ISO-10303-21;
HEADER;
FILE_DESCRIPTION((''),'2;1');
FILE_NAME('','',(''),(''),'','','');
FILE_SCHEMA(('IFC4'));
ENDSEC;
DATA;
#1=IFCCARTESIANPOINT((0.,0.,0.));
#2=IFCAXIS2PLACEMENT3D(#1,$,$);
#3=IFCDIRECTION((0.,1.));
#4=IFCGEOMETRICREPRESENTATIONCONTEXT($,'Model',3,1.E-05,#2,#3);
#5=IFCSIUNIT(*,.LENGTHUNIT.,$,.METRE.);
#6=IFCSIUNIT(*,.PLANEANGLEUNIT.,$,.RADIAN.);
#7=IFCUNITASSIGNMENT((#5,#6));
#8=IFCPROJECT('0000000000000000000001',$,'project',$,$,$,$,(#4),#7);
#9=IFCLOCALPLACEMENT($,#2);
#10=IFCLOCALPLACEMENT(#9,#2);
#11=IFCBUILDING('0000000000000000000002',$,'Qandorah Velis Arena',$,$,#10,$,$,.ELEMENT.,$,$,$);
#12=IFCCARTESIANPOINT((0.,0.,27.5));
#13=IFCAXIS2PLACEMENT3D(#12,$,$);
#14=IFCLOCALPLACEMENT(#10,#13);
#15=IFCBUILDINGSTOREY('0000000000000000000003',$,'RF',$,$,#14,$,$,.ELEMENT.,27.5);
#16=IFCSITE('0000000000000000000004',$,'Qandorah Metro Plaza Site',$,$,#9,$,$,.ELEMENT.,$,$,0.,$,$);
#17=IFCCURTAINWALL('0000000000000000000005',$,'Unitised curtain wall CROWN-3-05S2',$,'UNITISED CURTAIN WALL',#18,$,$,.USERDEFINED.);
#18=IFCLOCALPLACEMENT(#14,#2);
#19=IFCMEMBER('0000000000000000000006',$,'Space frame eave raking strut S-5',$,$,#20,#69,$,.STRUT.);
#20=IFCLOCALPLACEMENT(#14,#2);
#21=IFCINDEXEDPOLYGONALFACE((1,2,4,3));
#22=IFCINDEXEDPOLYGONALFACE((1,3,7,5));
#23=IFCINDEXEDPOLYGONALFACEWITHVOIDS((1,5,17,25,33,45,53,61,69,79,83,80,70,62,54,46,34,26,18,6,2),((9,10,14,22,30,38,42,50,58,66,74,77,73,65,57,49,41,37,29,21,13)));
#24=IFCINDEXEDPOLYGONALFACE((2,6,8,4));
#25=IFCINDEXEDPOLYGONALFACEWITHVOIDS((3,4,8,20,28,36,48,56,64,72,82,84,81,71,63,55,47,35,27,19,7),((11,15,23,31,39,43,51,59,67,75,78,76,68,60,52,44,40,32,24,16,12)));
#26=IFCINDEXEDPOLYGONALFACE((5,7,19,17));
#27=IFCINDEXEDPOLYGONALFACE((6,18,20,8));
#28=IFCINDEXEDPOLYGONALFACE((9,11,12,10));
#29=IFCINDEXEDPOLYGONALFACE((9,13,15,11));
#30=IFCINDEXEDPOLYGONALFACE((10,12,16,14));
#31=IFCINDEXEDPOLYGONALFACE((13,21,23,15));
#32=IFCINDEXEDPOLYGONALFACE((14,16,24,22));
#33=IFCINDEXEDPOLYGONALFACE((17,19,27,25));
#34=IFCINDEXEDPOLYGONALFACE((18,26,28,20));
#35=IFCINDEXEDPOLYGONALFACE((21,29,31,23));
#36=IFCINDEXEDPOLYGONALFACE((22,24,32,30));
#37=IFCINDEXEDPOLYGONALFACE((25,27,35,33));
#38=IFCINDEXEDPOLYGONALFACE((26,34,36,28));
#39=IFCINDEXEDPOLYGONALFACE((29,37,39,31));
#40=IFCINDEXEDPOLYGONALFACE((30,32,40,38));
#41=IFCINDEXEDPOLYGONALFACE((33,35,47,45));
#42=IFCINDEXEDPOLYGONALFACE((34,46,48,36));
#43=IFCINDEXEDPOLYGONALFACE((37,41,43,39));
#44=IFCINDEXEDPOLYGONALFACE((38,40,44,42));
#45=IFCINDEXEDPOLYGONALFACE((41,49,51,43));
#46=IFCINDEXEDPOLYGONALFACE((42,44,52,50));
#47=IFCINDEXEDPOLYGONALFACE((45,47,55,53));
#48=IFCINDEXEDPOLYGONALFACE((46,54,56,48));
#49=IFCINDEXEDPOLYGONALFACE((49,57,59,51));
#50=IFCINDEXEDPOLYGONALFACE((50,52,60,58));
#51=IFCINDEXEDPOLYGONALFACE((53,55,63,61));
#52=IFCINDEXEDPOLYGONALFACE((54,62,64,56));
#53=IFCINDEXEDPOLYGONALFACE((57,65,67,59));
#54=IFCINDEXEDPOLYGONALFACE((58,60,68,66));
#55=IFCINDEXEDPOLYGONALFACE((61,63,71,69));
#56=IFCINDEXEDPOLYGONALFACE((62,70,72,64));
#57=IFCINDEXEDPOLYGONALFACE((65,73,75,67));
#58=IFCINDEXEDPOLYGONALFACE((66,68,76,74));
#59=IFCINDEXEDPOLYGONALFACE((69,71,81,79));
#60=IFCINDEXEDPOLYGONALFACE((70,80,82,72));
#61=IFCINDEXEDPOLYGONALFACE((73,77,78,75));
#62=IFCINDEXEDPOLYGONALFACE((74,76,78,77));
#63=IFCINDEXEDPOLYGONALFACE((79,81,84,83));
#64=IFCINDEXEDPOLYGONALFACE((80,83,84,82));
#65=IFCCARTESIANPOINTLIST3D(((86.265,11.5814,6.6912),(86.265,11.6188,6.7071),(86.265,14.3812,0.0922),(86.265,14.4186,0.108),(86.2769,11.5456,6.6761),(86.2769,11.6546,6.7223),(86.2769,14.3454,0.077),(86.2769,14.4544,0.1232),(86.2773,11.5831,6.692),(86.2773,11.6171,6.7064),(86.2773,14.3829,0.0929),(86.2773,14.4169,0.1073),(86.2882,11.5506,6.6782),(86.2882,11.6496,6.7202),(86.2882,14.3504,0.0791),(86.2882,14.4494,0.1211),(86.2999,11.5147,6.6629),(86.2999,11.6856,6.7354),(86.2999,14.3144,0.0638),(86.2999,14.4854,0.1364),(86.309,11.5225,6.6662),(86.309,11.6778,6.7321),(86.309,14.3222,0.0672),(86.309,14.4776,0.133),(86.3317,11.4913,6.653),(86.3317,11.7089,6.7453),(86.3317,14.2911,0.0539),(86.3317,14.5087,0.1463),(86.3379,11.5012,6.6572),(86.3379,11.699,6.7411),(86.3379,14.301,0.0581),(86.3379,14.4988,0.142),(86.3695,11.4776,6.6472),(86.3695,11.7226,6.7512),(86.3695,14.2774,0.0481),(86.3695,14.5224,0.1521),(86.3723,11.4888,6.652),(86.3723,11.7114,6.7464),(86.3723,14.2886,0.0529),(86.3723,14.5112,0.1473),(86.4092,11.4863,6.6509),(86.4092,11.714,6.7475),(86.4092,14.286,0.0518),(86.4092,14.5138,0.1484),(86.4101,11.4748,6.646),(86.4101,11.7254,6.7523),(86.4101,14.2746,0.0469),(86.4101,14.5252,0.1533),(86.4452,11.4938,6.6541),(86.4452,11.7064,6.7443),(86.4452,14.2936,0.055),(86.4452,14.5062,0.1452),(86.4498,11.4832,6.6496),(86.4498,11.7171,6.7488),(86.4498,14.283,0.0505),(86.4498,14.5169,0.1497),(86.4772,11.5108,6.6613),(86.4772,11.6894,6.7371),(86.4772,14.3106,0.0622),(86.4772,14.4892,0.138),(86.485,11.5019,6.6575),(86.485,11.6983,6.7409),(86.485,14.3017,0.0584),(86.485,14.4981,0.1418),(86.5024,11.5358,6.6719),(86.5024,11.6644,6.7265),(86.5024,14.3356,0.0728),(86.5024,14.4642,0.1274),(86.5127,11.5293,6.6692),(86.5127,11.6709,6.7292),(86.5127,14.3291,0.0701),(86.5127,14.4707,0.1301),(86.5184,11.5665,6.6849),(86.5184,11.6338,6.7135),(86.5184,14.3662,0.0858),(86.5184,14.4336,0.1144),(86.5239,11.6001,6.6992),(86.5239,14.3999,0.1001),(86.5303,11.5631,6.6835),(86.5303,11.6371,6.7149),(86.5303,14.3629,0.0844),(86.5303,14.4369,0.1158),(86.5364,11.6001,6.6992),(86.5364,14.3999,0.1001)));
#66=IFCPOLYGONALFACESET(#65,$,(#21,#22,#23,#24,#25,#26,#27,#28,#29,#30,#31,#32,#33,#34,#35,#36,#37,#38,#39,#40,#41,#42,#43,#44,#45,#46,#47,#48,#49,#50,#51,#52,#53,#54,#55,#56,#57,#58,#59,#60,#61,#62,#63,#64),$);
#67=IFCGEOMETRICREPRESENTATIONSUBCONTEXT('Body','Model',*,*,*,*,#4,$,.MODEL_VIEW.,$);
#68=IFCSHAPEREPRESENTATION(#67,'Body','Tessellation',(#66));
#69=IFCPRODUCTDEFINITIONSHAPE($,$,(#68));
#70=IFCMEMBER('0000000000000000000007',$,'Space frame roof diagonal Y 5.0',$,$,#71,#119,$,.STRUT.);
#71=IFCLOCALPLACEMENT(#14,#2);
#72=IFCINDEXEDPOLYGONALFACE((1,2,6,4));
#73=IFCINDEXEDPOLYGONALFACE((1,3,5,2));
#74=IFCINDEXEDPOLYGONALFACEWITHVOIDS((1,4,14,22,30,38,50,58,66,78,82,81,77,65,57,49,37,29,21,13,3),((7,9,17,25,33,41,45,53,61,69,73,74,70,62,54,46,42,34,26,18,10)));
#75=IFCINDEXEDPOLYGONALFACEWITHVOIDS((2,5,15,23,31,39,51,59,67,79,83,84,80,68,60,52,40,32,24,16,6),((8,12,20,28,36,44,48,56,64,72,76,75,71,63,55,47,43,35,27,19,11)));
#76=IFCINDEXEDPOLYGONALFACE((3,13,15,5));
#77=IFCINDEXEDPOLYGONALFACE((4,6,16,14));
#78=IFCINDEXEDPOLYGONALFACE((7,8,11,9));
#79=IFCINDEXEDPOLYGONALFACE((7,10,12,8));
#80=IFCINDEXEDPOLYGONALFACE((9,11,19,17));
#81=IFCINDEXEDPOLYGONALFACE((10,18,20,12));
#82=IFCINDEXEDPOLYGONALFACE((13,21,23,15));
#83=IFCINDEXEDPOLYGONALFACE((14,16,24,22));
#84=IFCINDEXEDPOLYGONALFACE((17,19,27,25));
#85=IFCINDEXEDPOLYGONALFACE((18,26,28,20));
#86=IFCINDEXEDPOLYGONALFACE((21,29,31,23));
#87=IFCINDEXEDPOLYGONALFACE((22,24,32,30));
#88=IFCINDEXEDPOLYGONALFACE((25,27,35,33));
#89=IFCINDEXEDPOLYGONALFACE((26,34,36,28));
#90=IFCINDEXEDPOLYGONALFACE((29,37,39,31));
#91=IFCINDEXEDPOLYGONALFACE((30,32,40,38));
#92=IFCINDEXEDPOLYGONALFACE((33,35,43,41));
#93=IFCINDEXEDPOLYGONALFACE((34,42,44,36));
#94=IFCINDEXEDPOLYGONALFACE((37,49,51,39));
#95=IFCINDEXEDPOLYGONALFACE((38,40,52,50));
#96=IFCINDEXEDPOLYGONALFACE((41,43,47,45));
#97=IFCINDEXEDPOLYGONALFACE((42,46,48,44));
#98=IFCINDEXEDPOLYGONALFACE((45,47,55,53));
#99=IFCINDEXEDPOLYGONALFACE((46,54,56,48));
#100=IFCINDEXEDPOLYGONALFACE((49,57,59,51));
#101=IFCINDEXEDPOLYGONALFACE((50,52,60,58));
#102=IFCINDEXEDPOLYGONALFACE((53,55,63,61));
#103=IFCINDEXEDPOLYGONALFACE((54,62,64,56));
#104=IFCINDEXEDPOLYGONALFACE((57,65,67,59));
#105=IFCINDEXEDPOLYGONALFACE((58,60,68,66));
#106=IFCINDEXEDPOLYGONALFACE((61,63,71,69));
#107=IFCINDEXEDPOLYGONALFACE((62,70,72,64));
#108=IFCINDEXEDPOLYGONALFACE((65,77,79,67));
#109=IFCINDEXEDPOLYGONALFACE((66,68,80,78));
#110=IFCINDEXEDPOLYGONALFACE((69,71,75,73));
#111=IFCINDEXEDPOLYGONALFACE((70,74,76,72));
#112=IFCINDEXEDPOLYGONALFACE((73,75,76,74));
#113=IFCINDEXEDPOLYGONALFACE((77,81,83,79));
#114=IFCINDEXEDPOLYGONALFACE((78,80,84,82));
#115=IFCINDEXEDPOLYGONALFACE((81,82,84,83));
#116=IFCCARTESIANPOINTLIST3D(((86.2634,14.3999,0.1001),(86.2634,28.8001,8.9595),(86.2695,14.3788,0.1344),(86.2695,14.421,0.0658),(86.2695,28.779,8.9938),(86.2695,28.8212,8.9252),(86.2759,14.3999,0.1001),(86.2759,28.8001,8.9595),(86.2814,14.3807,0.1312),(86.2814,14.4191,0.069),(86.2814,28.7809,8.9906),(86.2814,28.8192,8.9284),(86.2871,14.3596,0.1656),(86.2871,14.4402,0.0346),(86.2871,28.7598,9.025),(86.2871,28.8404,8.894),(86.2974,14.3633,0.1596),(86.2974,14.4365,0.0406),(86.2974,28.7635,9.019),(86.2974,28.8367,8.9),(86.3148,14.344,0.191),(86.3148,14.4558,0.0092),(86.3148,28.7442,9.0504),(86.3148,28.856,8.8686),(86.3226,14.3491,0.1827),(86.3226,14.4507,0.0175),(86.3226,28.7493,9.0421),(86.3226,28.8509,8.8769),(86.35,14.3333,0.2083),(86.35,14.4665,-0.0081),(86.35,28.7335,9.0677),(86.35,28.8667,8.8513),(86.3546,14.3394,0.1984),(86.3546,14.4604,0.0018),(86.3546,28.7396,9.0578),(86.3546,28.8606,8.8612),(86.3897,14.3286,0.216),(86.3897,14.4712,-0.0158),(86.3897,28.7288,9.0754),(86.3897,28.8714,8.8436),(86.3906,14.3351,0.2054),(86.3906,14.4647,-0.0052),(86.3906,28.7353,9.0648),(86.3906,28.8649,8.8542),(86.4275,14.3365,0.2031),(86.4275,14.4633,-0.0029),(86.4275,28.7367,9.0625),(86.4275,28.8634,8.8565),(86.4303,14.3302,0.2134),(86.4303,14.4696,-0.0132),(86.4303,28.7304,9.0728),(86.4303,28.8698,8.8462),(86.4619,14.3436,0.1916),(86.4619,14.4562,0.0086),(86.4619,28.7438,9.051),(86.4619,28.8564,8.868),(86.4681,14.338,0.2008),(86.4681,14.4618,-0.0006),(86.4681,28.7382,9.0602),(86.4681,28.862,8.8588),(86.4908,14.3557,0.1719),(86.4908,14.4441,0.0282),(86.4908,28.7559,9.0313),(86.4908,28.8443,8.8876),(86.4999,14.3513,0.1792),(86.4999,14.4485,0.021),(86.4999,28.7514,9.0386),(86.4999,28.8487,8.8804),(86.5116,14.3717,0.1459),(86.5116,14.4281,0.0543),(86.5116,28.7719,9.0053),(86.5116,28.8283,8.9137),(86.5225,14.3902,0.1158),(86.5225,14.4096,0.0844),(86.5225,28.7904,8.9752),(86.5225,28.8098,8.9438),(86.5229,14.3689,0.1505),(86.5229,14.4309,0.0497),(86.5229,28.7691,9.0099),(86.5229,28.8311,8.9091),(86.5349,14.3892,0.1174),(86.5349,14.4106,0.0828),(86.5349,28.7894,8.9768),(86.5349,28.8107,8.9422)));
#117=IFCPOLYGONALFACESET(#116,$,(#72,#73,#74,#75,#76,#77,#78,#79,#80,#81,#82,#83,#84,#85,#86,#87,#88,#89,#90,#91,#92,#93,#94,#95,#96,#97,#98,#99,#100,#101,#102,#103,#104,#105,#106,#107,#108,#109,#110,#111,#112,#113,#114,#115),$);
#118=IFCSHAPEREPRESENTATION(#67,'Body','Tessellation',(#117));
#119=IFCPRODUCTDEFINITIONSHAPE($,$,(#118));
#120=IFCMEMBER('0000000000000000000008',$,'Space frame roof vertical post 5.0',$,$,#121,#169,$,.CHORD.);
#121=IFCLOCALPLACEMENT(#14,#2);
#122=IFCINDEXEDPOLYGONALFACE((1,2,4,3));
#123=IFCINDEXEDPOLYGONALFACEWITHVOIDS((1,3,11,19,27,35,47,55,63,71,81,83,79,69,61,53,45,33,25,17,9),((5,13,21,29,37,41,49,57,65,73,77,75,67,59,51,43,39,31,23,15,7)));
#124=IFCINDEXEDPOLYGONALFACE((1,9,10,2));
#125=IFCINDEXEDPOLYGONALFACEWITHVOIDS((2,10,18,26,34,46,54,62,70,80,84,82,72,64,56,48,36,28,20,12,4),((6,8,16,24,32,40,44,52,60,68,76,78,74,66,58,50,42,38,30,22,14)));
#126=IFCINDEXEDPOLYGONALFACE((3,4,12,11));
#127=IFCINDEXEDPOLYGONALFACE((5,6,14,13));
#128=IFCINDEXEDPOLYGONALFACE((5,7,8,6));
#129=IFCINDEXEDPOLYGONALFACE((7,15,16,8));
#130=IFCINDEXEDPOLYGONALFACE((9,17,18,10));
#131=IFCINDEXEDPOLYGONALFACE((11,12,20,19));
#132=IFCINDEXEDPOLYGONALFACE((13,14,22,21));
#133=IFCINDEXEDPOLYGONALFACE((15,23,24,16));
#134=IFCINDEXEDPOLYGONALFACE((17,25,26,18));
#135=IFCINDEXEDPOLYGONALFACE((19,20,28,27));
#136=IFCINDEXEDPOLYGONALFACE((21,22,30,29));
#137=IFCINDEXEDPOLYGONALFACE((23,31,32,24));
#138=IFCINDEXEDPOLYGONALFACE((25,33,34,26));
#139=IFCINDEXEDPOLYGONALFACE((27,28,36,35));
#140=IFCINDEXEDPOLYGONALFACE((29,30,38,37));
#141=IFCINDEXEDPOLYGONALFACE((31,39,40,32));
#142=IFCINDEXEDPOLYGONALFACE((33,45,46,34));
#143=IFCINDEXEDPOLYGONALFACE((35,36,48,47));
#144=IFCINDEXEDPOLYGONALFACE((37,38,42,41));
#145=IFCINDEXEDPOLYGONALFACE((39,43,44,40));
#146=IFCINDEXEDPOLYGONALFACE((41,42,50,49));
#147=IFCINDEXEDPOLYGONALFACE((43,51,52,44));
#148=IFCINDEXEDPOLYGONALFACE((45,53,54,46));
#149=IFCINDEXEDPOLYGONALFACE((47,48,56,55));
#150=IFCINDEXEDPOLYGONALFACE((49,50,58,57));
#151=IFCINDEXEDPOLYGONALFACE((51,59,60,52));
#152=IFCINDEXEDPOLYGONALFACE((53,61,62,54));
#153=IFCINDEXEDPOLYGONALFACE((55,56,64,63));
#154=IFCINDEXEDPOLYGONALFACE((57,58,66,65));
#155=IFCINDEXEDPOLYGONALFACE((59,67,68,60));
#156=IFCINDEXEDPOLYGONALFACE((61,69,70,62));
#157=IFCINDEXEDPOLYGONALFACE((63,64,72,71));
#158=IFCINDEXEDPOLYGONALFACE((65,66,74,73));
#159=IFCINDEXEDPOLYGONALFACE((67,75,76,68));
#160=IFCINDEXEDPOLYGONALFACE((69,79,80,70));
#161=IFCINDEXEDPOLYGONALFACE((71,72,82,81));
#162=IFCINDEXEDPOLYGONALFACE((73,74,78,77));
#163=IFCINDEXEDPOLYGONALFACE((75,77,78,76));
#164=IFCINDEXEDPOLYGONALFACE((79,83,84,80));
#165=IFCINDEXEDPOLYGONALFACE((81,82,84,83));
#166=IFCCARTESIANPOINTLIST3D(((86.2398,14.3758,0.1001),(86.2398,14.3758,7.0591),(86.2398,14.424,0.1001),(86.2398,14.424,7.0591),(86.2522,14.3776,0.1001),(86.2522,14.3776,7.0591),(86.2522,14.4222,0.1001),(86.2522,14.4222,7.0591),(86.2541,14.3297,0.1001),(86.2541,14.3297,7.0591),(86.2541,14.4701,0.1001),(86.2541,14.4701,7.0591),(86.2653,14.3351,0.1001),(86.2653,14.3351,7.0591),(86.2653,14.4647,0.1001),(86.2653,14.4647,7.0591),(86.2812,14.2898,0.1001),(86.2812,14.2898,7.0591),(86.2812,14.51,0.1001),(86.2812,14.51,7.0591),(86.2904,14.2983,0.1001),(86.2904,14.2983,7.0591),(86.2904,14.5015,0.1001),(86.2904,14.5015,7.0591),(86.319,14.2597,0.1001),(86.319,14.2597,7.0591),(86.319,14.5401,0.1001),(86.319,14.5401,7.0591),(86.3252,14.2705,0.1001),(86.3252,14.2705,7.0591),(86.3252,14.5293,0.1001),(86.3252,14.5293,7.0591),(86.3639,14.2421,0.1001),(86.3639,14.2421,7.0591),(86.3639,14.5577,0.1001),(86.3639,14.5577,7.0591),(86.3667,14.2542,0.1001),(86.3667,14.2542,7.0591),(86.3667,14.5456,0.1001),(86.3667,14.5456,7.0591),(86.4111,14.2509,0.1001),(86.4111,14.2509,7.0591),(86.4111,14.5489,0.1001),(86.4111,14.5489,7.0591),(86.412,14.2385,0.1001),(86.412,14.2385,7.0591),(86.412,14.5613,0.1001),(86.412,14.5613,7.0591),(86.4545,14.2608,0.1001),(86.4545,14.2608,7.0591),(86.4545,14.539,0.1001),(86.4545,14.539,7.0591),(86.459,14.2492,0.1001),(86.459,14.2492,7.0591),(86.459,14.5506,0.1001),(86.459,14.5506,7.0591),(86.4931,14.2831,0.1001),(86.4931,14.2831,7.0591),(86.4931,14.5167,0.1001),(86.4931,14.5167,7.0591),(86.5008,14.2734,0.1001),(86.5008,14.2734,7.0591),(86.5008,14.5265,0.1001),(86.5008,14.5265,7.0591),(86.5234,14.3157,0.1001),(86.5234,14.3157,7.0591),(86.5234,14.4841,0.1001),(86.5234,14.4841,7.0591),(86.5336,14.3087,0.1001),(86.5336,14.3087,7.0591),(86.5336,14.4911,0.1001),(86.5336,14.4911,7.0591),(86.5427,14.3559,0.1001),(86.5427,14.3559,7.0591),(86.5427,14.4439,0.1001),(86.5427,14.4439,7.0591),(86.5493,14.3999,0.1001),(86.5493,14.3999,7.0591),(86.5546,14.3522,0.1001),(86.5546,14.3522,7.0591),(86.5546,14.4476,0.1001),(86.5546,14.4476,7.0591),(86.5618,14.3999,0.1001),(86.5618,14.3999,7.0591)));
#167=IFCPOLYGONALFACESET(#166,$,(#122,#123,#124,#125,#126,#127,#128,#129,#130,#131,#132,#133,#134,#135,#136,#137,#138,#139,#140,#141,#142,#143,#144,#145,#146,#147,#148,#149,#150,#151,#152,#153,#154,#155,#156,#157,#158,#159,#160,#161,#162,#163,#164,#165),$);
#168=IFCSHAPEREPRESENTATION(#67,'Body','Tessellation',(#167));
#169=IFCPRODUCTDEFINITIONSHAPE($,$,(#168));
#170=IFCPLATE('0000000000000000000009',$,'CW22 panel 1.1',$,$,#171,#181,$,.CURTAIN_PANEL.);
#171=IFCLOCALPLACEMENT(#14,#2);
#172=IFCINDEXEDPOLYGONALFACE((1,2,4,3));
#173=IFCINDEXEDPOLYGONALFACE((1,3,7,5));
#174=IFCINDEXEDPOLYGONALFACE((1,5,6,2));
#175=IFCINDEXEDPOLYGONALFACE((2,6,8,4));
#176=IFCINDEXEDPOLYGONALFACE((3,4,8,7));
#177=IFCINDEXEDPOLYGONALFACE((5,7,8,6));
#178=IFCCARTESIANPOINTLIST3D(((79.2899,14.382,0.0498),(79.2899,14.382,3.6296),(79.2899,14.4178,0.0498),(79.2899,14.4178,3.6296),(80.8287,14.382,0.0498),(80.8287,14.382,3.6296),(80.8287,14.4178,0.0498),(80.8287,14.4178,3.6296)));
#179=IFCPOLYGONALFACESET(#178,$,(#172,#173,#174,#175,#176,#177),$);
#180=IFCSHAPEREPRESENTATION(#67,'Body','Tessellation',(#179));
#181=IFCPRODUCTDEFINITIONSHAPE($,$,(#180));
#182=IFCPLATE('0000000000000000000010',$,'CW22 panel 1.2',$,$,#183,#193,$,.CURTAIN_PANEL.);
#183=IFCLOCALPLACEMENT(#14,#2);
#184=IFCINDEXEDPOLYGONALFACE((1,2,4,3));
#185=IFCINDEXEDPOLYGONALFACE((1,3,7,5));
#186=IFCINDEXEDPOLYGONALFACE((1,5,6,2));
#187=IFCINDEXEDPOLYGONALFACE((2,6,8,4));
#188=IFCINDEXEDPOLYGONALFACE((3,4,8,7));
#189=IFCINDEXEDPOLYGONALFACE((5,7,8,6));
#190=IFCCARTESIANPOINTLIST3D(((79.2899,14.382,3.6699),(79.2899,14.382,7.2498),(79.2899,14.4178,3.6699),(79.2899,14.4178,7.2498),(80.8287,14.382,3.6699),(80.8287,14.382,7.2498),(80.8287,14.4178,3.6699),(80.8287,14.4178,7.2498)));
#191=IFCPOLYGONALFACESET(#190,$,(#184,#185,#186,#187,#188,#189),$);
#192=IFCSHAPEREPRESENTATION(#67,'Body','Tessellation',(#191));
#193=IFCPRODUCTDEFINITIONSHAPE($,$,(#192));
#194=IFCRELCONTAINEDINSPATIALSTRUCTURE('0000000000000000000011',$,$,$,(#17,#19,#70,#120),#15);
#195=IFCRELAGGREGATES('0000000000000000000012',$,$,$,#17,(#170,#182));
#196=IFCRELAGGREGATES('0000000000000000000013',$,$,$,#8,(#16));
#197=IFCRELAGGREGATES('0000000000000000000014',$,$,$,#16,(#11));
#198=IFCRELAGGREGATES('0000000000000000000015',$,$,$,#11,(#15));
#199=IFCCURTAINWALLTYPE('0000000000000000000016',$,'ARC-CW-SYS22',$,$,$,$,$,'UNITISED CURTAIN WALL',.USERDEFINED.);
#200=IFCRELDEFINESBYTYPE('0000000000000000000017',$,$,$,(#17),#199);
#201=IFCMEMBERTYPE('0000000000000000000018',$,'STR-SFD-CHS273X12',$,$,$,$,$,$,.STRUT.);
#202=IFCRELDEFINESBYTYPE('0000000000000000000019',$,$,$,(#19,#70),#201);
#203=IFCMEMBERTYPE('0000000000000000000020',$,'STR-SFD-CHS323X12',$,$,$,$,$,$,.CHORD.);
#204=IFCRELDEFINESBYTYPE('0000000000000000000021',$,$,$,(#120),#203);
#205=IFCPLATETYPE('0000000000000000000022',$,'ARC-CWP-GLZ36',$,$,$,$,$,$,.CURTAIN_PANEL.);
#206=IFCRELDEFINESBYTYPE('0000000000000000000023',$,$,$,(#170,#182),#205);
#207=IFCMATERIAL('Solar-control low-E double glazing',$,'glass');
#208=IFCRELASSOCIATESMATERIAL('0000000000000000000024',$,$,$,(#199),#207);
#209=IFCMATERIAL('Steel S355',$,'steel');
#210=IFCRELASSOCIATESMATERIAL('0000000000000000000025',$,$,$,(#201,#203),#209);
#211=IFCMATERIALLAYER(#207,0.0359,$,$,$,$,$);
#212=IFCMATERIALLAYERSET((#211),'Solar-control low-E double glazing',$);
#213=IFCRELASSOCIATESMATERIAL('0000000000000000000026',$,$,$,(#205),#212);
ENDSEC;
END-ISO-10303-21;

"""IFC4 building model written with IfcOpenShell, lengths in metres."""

from ifc_helpers import new_model, si_unit, direction, frame, origin, origin_2d, place, context, subcontext, project, spatial, rectangle, hollow_circle, extrude, material, layer, layer_set, material_profile, profile_set, type_object, element, aggregate, save


model = new_model("IFC4")

# Units and contexts
model_context = context("Model", 3, precision=1e-05, world=origin(), true_north=direction((0.0, 1.0)))
body_context = subcontext(model_context, "Body", "Model", "MODEL_VIEW")
ifc_project = project(units=[si_unit("LENGTHUNIT", "METRE"), si_unit("PLANEANGLEUNIT", "RADIAN")], contexts=[model_context])

# Site, building, storey
site_placement = place(None, origin())
site = spatial("IfcSite", under=ifc_project, at=site_placement, Name="Qandorah Metro Plaza Site", CompositionType="ELEMENT", RefElevation=0.0)
building_placement = place(site_placement, origin())
building = spatial("IfcBuilding", under=site, at=building_placement, Name="Qandorah Velis Arena", CompositionType="ELEMENT")
storey_placement = place(building_placement, frame((0.0, 0.0, 27.5)))
storey = spatial("IfcBuildingStorey", under=building, at=storey_placement, Name="RF", CompositionType="ELEMENT", Elevation=27.5)

# Shared definitions
ifc_material_1 = material(Name="Solar-control low-E double glazing", Category="glass")

# Curtain wall
curtain_wall_type_1 = type_object("IfcCurtainWallType", Name="ARC-CW-SYS22", ElementType="UNITISED CURTAIN WALL", PredefinedType="USERDEFINED", material=ifc_material_1)
curtain_wall_1_placement = place(storey_placement, origin())
curtain_wall_1 = element("IfcCurtainWall", 1, at=curtain_wall_1_placement, inside=storey, type_object=curtain_wall_type_1, Name="Unitised curtain wall CROWN-3-05S2", ObjectType="UNITISED CURTAIN WALL", PredefinedType="USERDEFINED")

# Shared definitions
ifc_material_2 = material(Name="Steel S355", Category="steel")

# Members
ifc_material_profile_1 = material_profile(ifc_material_2, hollow_circle(Radius=0.1365, WallThickness=0.0125, at=origin_2d()), Name="CHS 273x12.5")
ifc_profile_set_1 = profile_set([ifc_material_profile_1], Name="Steel S355")
member_type_1 = type_object("IfcMemberType", Name="STR-SFD-CHS273X12", PredefinedType="STRUT", material=ifc_profile_set_1)
member_1_placement = place(storey_placement, frame((86.3999, 14.3999, 0.1001), z_axis=(0.0, -0.390571, 0.920573), x_axis=(1.0, 0.0, 0.0)))
element("IfcMember", 2, at=member_1_placement, inside=storey, type_object=member_type_1, Name="Space frame eave raking strut S-5", PredefinedType="STRUT", context=body_context, shape_type="SweptSolid", body=[
    extrude(hollow_circle(Radius=0.1365, WallThickness=0.0125, at=origin_2d()), origin(), (0.0, 0.0, 1.0), 7.1685),
])
member_2_placement = place(storey_placement, frame((86.3999, 14.3999, 0.1001), z_axis=(0.0, 0.851718, 0.524001), x_axis=(-1.0, 0.0, 0.0)))
element("IfcMember", 3, at=member_2_placement, inside=storey, type_object=member_type_1, Name="Space frame roof diagonal Y 5.0", PredefinedType="STRUT", context=body_context, shape_type="SweptSolid", body=[
    extrude(hollow_circle(Radius=0.1365, WallThickness=0.0125, at=origin_2d()), origin(), (0.0, 0.0, 1.0), 16.9072),
])
ifc_material_profile_2 = material_profile(ifc_material_2, hollow_circle(Radius=0.1619, WallThickness=0.0125, at=origin_2d()), Name="CHS 323.9x12.5")
ifc_profile_set_2 = profile_set([ifc_material_profile_2], Name="Steel S355")
member_type_2 = type_object("IfcMemberType", Name="STR-SFD-CHS323X12", PredefinedType="CHORD", material=ifc_profile_set_2)
member_3_placement = place(storey_placement, frame((86.3999, 14.3999, 0.1001), z_axis=(0.0, 0.0, 1.0), x_axis=(1.0, 0.0, 0.0)))
element("IfcMember", 4, at=member_3_placement, inside=storey, type_object=member_type_2, Name="Space frame roof vertical post 5.0", PredefinedType="CHORD", context=body_context, shape_type="SweptSolid", body=[
    extrude(hollow_circle(Radius=0.1619, WallThickness=0.0125, at=origin_2d()), origin(), (0.0, 0.0, 1.0), 6.959),
])

# Plates
ifc_layer = layer(ifc_material_1, 0.0359)
ifc_layer_set = layer_set([ifc_layer], Name="Solar-control low-E double glazing")
plate_type = type_object("IfcPlateType", Name="ARC-CWP-GLZ36", PredefinedType="CURTAIN_PANEL", material=ifc_layer_set)
plate_1_placement = place(storey_placement, frame((80.0593, 14.3999, 0.0498), z_axis=(0.0, 0.0, 1.0), x_axis=(1.0, 0.0, 0.0)))
plate_1 = element("IfcPlate", 5, at=plate_1_placement, type_object=plate_type, Name="CW22 panel 1.1", PredefinedType="CURTAIN_PANEL", context=body_context, shape_type="SweptSolid", body=[
    extrude(rectangle(XDim=1.5388, YDim=0.0359, at=origin_2d()), origin(), (0.0, 0.0, 1.0), 3.5798),
])
plate_2_placement = place(storey_placement, frame((80.0593, 14.3999, 3.6699), z_axis=(0.0, 0.0, 1.0), x_axis=(1.0, 0.0, 0.0)))
plate_2 = element("IfcPlate", 6, at=plate_2_placement, type_object=plate_type, Name="CW22 panel 1.2", PredefinedType="CURTAIN_PANEL", context=body_context, shape_type="SweptSolid", body=[
    extrude(rectangle(XDim=1.5388, YDim=0.0359, at=origin_2d()), origin(), (0.0, 0.0, 1.0), 3.5798),
])
aggregate(curtain_wall_1, [plate_1, plate_2])

save(model, "model.ifc")
